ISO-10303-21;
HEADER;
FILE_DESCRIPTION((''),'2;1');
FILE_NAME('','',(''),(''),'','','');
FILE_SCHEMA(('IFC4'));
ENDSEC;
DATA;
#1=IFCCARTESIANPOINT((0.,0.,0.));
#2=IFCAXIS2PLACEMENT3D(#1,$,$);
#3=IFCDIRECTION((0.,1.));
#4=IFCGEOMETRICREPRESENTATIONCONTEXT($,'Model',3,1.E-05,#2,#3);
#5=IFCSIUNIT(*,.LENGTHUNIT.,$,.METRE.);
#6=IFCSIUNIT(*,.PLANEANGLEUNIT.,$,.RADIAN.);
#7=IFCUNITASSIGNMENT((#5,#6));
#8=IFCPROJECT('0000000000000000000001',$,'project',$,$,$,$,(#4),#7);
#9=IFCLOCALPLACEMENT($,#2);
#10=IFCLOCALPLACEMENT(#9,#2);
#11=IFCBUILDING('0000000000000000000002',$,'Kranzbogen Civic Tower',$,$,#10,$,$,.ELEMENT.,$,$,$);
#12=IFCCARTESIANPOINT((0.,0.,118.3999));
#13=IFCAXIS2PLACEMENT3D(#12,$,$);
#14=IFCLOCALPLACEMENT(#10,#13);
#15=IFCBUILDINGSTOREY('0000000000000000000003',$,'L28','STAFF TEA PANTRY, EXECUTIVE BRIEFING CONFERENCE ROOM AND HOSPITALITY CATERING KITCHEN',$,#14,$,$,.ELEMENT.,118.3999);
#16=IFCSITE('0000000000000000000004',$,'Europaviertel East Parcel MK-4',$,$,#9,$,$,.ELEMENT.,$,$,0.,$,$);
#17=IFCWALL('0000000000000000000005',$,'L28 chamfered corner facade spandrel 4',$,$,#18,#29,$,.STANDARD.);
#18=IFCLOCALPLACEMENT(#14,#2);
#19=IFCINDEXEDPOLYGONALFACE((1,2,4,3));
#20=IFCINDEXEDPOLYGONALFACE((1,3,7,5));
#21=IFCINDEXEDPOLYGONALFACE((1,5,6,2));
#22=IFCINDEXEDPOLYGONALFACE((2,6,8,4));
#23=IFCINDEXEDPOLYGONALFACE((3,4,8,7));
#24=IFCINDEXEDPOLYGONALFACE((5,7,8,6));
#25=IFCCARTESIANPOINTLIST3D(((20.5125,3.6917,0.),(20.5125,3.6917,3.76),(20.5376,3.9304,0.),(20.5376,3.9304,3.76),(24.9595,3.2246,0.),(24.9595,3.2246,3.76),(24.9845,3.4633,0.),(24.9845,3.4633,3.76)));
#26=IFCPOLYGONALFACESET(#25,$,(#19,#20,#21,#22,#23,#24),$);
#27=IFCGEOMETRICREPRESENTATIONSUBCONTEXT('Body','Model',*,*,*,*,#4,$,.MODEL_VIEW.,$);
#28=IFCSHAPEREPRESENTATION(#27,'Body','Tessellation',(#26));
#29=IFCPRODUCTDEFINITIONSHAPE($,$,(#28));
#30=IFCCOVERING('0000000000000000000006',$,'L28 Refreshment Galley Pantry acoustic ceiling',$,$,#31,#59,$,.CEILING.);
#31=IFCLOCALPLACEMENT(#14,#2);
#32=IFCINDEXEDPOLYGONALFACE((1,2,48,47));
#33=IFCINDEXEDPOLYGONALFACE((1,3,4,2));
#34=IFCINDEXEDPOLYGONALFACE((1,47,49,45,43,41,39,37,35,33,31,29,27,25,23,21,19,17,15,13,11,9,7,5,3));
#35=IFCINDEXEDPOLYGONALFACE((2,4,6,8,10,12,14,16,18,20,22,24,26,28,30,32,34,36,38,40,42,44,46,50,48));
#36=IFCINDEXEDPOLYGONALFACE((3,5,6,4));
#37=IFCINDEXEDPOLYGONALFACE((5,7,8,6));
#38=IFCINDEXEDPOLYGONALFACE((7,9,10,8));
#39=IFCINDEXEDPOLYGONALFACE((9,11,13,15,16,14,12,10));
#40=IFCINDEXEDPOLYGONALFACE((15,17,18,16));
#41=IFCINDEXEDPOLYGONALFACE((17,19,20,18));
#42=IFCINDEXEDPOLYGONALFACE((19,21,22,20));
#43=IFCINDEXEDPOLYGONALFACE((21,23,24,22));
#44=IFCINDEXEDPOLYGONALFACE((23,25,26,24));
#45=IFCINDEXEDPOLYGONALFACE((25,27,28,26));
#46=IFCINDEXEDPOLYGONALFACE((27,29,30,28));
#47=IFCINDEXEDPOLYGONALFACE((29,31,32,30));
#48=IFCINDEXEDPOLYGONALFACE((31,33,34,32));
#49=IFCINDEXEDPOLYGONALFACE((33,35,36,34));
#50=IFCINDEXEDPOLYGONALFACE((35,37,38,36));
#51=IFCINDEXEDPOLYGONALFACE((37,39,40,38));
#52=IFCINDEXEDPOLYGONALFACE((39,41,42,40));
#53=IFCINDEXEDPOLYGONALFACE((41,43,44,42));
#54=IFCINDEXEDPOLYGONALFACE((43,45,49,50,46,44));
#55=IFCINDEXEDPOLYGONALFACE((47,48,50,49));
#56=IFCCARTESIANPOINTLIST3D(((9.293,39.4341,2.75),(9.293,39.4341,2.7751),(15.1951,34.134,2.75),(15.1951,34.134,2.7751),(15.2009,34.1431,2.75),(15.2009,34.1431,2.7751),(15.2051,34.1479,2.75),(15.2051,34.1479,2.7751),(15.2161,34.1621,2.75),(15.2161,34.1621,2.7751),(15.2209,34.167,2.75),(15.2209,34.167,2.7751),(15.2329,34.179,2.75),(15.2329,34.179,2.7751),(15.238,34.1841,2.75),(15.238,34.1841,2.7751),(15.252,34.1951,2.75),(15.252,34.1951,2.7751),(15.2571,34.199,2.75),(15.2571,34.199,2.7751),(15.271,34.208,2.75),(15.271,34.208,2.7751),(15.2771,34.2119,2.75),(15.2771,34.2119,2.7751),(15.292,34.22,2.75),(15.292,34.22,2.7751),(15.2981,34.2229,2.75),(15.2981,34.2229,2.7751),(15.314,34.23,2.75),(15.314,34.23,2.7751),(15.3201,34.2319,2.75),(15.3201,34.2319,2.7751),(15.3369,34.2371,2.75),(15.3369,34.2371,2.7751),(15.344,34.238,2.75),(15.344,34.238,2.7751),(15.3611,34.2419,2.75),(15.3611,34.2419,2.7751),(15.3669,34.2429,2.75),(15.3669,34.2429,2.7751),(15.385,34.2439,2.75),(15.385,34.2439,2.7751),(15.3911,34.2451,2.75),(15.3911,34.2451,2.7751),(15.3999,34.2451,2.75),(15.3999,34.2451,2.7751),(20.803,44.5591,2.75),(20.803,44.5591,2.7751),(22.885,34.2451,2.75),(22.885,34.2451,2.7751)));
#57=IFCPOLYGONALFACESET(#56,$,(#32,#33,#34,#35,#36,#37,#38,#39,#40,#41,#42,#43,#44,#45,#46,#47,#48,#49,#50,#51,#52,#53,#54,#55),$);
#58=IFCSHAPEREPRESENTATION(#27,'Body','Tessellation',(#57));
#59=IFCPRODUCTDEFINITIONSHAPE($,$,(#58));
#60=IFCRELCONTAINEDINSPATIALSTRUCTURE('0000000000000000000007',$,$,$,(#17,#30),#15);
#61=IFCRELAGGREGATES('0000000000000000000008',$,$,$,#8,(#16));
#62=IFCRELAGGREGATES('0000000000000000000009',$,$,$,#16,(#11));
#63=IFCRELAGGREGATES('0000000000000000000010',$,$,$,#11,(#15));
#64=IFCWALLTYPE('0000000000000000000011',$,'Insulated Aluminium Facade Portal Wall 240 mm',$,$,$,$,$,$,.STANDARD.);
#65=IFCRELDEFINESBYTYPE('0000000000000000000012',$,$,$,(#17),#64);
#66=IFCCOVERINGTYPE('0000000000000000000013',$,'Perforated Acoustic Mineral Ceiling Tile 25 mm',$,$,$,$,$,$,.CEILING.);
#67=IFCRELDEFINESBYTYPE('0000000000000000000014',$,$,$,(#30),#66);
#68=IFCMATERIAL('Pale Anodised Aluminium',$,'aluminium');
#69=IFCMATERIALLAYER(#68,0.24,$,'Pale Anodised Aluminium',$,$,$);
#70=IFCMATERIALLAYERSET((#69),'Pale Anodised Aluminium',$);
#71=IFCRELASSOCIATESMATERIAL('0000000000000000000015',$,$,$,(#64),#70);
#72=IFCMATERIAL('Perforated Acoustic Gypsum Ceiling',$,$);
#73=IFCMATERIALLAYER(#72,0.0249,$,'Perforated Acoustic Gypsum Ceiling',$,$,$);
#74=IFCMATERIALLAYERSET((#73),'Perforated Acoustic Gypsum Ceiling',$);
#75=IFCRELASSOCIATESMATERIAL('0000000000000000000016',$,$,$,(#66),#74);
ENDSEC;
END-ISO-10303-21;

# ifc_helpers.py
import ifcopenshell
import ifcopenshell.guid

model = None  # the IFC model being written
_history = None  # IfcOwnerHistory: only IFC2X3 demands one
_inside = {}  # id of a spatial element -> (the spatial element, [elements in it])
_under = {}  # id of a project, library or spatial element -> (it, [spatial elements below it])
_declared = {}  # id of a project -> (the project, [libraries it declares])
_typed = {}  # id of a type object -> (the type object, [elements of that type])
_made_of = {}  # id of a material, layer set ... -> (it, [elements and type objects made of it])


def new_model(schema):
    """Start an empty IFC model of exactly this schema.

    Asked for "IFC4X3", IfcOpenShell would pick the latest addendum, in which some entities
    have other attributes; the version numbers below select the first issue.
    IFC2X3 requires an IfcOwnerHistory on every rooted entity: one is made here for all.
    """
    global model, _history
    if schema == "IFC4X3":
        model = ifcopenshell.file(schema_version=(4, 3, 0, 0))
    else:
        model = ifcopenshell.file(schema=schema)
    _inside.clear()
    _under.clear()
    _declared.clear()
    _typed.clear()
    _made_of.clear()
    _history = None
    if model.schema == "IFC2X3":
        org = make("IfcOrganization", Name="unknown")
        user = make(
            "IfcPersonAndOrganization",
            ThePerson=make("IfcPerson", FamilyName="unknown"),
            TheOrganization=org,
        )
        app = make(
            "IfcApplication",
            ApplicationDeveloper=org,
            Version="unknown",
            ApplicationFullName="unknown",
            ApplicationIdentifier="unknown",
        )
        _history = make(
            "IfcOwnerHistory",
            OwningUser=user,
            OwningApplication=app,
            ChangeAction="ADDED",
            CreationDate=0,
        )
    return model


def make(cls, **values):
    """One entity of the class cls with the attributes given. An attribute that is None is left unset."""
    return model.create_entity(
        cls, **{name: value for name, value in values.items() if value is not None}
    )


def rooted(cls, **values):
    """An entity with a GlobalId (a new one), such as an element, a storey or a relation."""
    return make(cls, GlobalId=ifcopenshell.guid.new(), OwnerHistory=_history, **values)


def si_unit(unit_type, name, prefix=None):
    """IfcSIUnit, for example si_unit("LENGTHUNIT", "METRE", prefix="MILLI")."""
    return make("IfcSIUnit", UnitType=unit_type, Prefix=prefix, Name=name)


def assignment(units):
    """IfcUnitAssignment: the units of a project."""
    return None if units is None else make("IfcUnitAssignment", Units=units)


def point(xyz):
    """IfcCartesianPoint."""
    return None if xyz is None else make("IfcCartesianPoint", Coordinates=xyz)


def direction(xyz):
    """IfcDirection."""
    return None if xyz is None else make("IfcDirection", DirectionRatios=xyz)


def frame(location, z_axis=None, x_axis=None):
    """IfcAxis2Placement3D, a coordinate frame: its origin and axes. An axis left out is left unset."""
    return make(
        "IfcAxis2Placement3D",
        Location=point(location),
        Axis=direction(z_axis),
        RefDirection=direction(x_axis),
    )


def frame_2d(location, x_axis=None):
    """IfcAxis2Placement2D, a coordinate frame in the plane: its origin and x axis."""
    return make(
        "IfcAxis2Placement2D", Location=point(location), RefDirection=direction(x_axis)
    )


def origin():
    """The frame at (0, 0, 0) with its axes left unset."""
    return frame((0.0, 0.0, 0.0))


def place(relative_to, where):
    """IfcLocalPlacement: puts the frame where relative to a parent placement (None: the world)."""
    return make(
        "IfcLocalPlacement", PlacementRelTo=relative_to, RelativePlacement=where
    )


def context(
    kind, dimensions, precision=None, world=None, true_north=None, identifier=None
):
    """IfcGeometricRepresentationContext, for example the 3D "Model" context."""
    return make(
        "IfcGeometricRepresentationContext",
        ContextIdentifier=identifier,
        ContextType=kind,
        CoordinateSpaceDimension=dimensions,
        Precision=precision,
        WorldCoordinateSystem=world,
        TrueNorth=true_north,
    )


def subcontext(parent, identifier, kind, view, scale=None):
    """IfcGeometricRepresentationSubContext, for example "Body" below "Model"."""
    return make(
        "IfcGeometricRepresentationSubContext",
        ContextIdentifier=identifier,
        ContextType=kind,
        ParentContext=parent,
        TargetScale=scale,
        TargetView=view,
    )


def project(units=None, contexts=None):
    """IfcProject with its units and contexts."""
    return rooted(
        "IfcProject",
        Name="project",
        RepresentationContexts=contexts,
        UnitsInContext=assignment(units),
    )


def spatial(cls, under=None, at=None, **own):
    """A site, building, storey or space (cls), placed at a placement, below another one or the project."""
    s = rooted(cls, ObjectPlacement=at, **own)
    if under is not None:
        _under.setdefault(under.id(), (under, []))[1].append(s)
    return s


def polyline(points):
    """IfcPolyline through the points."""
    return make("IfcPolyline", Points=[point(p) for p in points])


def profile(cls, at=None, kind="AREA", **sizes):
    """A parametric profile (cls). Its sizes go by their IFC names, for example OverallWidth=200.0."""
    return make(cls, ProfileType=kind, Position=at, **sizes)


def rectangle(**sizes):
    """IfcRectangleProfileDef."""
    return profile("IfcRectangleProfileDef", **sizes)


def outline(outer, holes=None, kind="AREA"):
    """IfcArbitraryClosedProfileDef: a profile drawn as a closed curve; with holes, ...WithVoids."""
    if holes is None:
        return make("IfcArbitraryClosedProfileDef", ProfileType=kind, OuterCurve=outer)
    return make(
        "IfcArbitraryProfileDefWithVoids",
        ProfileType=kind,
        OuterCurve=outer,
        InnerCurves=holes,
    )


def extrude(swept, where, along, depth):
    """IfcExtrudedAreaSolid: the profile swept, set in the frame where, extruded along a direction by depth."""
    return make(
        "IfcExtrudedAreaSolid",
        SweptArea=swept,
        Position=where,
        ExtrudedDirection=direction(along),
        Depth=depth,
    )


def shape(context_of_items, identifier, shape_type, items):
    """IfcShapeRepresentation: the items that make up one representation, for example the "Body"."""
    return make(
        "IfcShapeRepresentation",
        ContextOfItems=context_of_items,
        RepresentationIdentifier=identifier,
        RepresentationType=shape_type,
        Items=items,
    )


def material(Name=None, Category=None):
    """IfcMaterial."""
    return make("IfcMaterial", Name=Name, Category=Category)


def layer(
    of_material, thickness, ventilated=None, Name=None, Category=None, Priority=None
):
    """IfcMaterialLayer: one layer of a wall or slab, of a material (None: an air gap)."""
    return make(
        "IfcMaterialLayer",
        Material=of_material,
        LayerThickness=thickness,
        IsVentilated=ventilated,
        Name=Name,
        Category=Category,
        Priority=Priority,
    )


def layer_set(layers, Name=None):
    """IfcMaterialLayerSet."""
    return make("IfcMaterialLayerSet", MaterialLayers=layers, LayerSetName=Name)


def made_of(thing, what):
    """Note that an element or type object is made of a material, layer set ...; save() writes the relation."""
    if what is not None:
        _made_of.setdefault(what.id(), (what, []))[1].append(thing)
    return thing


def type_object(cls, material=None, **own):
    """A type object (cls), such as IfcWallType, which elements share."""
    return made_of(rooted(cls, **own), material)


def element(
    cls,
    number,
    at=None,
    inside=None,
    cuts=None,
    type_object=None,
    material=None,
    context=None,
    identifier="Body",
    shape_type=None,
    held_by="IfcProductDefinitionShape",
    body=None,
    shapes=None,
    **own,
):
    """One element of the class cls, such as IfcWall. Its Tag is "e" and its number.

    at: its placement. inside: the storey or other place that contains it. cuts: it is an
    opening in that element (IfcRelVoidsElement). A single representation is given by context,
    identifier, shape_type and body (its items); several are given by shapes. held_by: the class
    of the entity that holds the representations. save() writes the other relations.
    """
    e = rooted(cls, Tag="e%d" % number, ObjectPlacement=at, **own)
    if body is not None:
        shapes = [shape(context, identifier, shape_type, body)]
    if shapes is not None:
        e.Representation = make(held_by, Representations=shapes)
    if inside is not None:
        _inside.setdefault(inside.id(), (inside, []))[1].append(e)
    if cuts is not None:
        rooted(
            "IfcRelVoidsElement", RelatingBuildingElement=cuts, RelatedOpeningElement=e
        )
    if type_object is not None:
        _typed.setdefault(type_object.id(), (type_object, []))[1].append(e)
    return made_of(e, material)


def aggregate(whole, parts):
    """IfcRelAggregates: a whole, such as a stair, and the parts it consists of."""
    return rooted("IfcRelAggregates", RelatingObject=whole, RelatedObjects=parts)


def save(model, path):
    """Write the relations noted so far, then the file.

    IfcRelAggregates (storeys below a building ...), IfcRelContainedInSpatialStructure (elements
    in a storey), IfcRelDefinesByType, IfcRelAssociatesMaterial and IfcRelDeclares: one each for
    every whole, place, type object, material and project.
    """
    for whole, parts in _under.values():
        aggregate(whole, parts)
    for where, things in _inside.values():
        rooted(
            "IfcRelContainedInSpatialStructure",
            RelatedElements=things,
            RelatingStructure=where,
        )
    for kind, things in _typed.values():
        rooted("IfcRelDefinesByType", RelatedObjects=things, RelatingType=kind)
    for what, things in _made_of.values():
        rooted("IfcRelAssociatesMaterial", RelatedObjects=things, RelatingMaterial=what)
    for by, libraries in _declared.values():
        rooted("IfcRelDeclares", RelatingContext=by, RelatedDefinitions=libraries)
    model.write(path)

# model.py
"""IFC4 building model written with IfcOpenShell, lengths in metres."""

from ifc_helpers import new_model, si_unit, direction, frame, frame_2d, origin, place, context, subcontext, project, spatial, polyline, rectangle, outline, extrude, material, layer, layer_set, type_object, element, save


model = new_model("IFC4")

# Units and contexts
model_context = context("Model", 3, precision=1e-05, world=origin(), true_north=direction((0.0, 1.0)))
body_context = subcontext(model_context, "Body", "Model", "MODEL_VIEW")
ifc_project = project(units=[si_unit("LENGTHUNIT", "METRE"), si_unit("PLANEANGLEUNIT", "RADIAN")], contexts=[model_context])

# Site, building, storey
site_placement = place(None, origin())
site = spatial("IfcSite", under=ifc_project, at=site_placement, Name="Europaviertel East Parcel MK-4", CompositionType="ELEMENT", RefElevation=0.0)
building_placement = place(site_placement, origin())
building = spatial("IfcBuilding", under=site, at=building_placement, Name="Kranzbogen Civic Tower", CompositionType="ELEMENT")
storey_placement = place(building_placement, frame((0.0, 0.0, 118.3999)))
storey = spatial("IfcBuildingStorey", under=building, at=storey_placement, Name="L28", Description="STAFF TEA PANTRY, EXECUTIVE BRIEFING CONFERENCE ROOM AND HOSPITALITY CATERING KITCHEN", CompositionType="ELEMENT", Elevation=118.3999)

# Shared definitions
ifc_material_1 = material(Name="Pale Anodised Aluminium", Category="aluminium")

# Wall
ifc_layer_1 = layer(ifc_material_1, 0.24, Name="Pale Anodised Aluminium")
ifc_layer_set_1 = layer_set([ifc_layer_1], Name="Pale Anodised Aluminium")
wall_type_1 = type_object("IfcWallType", Name="Insulated Aluminium Facade Portal Wall 240 mm", PredefinedType="STANDARD", material=ifc_layer_set_1)
wall_1_placement = place(storey_placement, frame((20.5249, 3.811, 0.0), z_axis=(0.0, 0.0, 1.0), x_axis=(0.99453, -0.104449, 0.0)))
element("IfcWall", 1, at=wall_1_placement, inside=storey, type_object=wall_type_1, Name="L28 chamfered corner facade spandrel 4", PredefinedType="STANDARD", context=body_context, shape_type="SweptSolid", body=[
    extrude(rectangle(XDim=4.4714, YDim=0.24, at=frame_2d((2.2358, 0.0))), origin(), (0.0, 0.0, 1.0), 3.76),
])

# Covering
ifc_material_2 = material(Name="Perforated Acoustic Gypsum Ceiling")
ifc_layer_2 = layer(ifc_material_2, 0.0249, Name="Perforated Acoustic Gypsum Ceiling")
ifc_layer_set_2 = layer_set([ifc_layer_2], Name="Perforated Acoustic Gypsum Ceiling")
covering_type_1 = type_object("IfcCoveringType", Name="Perforated Acoustic Mineral Ceiling Tile 25 mm", PredefinedType="CEILING", material=ifc_layer_set_2)
covering_1_placement = place(storey_placement, frame((0.0, 0.0, 2.75)))
element("IfcCovering", 2, at=covering_1_placement, inside=storey, type_object=covering_type_1, Name="L28 Refreshment Galley Pantry acoustic ceiling", PredefinedType="CEILING", context=body_context, shape_type="SweptSolid", body=[
    extrude(outline(polyline([(9.293, 39.4341), (20.803, 44.5591), (22.885, 34.2451), (15.3999, 34.2451), (15.3911, 34.2451), (15.385, 34.2439), (15.3669, 34.2429), (15.3611, 34.2419), (15.344, 34.238), (15.3369, 34.2371), (15.3201, 34.2319), (15.314, 34.23), (15.2981, 34.2229), (15.292, 34.22), (15.2771, 34.2119), (15.271, 34.208), (15.2571, 34.199), (15.252, 34.1951), (15.238, 34.1841), (15.2329, 34.179), (15.2209, 34.167), (15.2161, 34.1621), (15.2051, 34.1479), (15.2009, 34.1431), (15.1951, 34.134), (9.293, 39.4341)])), origin(), (0.0, 0.0, 1.0), 0.0251),
])

save(model, "model.ifc")
